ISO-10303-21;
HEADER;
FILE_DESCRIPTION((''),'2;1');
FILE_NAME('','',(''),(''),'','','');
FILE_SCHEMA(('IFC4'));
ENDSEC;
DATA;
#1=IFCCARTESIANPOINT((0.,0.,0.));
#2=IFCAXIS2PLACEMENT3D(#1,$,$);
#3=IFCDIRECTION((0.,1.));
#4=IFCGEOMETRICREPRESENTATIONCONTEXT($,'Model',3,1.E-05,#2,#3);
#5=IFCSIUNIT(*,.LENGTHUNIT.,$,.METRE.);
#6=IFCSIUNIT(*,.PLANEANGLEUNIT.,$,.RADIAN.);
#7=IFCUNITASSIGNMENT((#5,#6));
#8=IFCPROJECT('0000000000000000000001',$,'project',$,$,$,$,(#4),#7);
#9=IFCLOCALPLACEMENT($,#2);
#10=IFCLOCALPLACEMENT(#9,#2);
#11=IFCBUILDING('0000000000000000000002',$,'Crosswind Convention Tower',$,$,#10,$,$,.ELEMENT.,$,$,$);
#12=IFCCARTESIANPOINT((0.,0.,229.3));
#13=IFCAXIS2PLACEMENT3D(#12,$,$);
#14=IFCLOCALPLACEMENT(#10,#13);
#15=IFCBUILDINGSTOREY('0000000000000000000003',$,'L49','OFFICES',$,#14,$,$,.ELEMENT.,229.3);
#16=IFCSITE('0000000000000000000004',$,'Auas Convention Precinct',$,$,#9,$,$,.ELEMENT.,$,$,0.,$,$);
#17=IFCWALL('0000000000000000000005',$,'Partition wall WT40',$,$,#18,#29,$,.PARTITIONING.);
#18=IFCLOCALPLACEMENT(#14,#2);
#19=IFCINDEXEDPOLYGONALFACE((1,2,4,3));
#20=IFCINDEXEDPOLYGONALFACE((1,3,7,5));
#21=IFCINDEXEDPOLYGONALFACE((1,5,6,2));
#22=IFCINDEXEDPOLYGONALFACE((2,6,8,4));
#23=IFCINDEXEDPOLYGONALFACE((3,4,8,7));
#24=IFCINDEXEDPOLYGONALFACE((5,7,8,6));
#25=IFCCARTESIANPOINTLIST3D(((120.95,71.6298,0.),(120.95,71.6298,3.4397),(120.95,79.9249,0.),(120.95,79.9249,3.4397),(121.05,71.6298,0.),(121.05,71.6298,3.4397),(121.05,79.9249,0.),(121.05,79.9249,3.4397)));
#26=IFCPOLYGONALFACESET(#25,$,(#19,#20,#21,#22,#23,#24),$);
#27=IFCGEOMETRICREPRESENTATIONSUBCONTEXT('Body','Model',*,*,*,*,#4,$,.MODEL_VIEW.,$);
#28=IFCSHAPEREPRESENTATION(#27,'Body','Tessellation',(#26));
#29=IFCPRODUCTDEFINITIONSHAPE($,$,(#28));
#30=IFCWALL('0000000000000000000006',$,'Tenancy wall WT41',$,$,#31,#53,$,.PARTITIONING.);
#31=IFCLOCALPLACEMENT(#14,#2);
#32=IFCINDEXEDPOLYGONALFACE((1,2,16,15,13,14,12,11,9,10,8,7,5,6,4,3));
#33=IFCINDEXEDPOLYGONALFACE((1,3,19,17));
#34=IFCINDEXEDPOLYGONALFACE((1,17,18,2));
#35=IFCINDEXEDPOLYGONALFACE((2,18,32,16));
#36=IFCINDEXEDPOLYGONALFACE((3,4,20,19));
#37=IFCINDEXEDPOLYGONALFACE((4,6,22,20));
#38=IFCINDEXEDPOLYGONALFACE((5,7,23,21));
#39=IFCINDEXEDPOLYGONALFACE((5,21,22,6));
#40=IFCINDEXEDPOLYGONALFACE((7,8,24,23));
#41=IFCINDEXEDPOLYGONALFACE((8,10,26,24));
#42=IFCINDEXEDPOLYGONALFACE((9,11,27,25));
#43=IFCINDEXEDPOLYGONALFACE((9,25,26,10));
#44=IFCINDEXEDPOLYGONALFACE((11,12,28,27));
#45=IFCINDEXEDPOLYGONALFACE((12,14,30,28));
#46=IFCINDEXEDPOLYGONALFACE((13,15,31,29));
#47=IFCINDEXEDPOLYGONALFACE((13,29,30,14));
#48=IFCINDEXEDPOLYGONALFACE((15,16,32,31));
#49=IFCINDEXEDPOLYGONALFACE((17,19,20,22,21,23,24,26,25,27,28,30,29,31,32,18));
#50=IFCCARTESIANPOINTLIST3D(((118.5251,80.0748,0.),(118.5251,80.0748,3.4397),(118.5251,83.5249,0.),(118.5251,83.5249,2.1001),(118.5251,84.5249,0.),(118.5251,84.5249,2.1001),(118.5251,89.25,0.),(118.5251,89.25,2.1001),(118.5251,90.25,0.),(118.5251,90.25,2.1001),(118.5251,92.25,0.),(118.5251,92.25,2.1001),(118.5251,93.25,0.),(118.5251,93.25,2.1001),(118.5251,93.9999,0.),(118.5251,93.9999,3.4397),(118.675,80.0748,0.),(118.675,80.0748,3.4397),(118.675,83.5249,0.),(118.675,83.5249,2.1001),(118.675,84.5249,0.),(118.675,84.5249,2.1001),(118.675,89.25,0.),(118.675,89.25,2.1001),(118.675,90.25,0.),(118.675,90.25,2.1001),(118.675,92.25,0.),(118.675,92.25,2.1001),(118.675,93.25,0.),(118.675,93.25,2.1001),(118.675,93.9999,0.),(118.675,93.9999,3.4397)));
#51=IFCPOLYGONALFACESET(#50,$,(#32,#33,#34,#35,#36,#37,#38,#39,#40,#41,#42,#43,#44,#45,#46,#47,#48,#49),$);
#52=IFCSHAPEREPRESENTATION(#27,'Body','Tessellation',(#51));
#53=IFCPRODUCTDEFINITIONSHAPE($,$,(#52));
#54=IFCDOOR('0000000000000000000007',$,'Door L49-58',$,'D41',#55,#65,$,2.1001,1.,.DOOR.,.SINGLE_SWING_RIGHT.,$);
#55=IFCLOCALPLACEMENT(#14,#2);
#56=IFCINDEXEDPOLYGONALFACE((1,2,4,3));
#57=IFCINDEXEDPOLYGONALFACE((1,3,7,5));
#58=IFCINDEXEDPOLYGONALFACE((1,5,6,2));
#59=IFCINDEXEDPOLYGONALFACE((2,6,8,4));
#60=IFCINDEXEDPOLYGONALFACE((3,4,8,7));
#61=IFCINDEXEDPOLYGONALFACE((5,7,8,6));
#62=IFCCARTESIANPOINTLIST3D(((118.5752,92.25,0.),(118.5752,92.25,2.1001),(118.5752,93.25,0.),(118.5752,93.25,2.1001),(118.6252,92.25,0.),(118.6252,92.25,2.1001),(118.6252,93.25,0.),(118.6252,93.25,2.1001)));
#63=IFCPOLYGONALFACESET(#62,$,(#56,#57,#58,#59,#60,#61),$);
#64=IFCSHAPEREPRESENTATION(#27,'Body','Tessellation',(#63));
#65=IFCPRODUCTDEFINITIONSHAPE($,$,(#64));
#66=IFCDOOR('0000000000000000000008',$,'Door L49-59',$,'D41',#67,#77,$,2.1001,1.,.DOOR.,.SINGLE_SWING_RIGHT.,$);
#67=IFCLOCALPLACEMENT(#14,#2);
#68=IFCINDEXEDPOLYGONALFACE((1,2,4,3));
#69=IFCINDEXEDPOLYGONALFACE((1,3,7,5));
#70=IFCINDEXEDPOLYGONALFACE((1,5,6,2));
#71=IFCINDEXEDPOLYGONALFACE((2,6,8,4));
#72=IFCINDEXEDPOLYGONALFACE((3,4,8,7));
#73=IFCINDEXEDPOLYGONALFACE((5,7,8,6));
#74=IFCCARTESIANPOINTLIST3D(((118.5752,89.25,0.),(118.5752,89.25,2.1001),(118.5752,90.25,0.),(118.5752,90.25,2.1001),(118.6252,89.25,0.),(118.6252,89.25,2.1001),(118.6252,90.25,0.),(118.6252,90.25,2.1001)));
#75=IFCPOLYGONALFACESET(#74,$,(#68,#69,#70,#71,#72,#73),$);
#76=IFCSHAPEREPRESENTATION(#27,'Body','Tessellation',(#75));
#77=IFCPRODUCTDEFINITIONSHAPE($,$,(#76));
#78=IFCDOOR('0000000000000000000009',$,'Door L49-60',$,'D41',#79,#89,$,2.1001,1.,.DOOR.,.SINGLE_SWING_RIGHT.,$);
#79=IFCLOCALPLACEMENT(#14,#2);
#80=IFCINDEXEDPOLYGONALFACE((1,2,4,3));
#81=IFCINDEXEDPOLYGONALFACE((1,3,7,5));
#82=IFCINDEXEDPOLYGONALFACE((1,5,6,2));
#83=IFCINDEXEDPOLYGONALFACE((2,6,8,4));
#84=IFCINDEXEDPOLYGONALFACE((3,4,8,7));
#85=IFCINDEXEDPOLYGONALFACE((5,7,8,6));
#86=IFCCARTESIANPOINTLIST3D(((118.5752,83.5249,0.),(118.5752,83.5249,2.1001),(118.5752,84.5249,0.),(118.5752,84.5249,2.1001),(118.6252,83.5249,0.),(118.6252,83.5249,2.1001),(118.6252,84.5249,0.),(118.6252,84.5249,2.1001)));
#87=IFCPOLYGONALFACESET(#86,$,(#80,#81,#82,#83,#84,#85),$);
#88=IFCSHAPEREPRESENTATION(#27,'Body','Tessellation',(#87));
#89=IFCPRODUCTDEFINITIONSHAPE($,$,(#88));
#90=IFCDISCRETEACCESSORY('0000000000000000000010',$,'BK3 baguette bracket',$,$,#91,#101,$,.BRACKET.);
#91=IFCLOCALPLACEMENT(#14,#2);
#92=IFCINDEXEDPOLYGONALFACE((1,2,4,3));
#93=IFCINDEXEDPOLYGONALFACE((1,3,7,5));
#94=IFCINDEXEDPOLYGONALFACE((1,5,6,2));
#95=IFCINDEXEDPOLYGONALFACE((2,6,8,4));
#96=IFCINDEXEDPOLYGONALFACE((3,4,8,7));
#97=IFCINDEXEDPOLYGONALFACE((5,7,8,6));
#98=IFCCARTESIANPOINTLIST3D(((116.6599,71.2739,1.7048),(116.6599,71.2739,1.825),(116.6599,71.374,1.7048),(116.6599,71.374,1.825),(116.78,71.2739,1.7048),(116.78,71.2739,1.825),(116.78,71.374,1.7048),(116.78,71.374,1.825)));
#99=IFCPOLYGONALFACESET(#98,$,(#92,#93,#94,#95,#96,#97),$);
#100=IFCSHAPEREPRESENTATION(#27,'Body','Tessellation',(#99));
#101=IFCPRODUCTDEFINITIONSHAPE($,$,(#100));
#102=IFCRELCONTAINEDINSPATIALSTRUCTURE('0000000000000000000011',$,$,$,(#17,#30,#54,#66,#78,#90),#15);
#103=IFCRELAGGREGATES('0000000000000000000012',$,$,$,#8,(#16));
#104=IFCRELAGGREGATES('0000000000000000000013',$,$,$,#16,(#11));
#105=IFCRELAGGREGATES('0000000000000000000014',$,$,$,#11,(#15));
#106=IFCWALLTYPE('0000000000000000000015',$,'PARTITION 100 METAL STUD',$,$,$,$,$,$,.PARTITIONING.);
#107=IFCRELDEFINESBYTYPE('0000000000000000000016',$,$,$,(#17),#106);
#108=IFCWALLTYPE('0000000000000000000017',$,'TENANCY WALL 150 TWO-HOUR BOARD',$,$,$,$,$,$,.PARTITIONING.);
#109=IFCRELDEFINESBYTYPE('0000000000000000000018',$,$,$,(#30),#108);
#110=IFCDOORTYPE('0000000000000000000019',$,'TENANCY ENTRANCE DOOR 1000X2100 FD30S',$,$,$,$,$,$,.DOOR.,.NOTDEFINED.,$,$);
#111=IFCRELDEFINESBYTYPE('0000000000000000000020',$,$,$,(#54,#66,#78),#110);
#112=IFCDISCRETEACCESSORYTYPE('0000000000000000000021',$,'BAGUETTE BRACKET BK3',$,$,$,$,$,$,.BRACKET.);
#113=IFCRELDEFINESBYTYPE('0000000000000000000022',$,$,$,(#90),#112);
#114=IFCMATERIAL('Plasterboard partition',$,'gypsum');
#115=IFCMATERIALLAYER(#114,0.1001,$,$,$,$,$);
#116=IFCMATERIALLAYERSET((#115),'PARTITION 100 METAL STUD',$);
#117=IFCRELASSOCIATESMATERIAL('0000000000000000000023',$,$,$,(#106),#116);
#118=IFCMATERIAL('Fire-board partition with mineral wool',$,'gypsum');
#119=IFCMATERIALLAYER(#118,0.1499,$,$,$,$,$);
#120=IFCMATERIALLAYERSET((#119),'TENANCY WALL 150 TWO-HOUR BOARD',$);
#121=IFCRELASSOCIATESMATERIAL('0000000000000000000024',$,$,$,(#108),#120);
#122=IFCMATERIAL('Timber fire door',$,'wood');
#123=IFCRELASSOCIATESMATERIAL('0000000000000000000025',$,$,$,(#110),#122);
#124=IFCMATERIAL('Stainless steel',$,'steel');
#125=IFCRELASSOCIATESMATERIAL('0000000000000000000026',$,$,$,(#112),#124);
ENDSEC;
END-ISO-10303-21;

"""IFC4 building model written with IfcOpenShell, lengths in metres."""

from ifc_helpers import new_model, si_unit, direction, frame, frame_2d, origin, origin_2d, place, context, subcontext, project, spatial, rectangle, extrude, material, layer, layer_set, type_object, element, fill, save


model = new_model("IFC4")

# Units and contexts
model_context = context("Model", 3, precision=1e-05, world=origin(), true_north=direction((0.0, 1.0)))
body_context = subcontext(model_context, "Body", "Model", "MODEL_VIEW")
ifc_project = project(units=[si_unit("LENGTHUNIT", "METRE"), si_unit("PLANEANGLEUNIT", "RADIAN")], contexts=[model_context])

# Site, building, storey
site_placement = place(None, origin())
site = spatial("IfcSite", under=ifc_project, at=site_placement, Name="Auas Convention Precinct", CompositionType="ELEMENT", RefElevation=0.0)
building_placement = place(site_placement, origin())
building = spatial("IfcBuilding", under=site, at=building_placement, Name="Crosswind Convention Tower", CompositionType="ELEMENT")
storey_placement = place(building_placement, frame((0.0, 0.0, 229.3)))
storey = spatial("IfcBuildingStorey", under=building, at=storey_placement, Name="L49", Description="OFFICES", CompositionType="ELEMENT", Elevation=229.3)

# Wall
ifc_material_1 = material(Name="Plasterboard partition", Category="gypsum")
ifc_layer_1 = layer(ifc_material_1, 0.1001)
ifc_layer_set_1 = layer_set([ifc_layer_1], Name="PARTITION 100 METAL STUD")
wall_type_1 = type_object("IfcWallType", Name="PARTITION 100 METAL STUD", PredefinedType="PARTITIONING", material=ifc_layer_set_1)
wall_1_placement = place(storey_placement, frame((121.0, 71.6299, 0.0), z_axis=(0.0, 0.0, 1.0), x_axis=(0.0, 1.0, 0.0)))
element("IfcWall", 1, at=wall_1_placement, inside=storey, type_object=wall_type_1, Name="Partition wall WT40", PredefinedType="PARTITIONING", context=body_context, shape_type="SweptSolid", body=[
    extrude(rectangle(XDim=8.2952, YDim=0.1001, at=frame_2d((4.1475, 0.0))), origin(), (0.0, 0.0, 1.0), 3.4397),
])

# Wall, openings, doors
ifc_material_2 = material(Name="Fire-board partition with mineral wool", Category="gypsum")
ifc_layer_2 = layer(ifc_material_2, 0.1499)
ifc_layer_set_2 = layer_set([ifc_layer_2], Name="TENANCY WALL 150 TWO-HOUR BOARD")
wall_type_2 = type_object("IfcWallType", Name="TENANCY WALL 150 TWO-HOUR BOARD", PredefinedType="PARTITIONING", material=ifc_layer_set_2)
wall_2_placement = place(storey_placement, frame((118.6001, 80.075, 0.0), z_axis=(0.0, 0.0, 1.0), x_axis=(0.0, 1.0, 0.0)))
wall_2 = element("IfcWall", 2, at=wall_2_placement, inside=storey, type_object=wall_type_2, Name="Tenancy wall WT41", PredefinedType="PARTITIONING", context=body_context, shape_type="SweptSolid", body=[
    extrude(rectangle(XDim=13.925, YDim=0.1499, at=frame_2d((6.9624, 0.0))), origin(), (0.0, 0.0, 1.0), 3.4397),
])
opening_1_placement = place(wall_2_placement, frame((12.175, 0.0, 0.0)))
opening_1 = element("IfcOpeningElement", 3, at=opening_1_placement, cuts=wall_2, PredefinedType="OPENING", context=body_context, shape_type="SweptSolid", body=[
    extrude(rectangle(XDim=1.0, YDim=2.1001, at=frame_2d((0.5, 1.05))), frame((0.0, 0.085, 0.0), z_axis=(0.0, -1.0, 0.0), x_axis=(1.0, 0.0, 0.0)), (0.0, 0.0, 1.0), 0.1699),
])
opening_2_placement = place(wall_2_placement, frame((9.175, 0.0, 0.0)))
opening_2 = element("IfcOpeningElement", 4, at=opening_2_placement, cuts=wall_2, PredefinedType="OPENING", context=body_context, shape_type="SweptSolid", body=[
    extrude(rectangle(XDim=1.0, YDim=2.1001, at=frame_2d((0.5, 1.05))), frame((0.0, 0.085, 0.0), z_axis=(0.0, -1.0, 0.0), x_axis=(1.0, 0.0, 0.0)), (0.0, 0.0, 1.0), 0.1699),
])
opening_3_placement = place(wall_2_placement, frame((3.45, 0.0, 0.0)))
opening_3 = element("IfcOpeningElement", 5, at=opening_3_placement, cuts=wall_2, PredefinedType="OPENING", context=body_context, shape_type="SweptSolid", body=[
    extrude(rectangle(XDim=1.0, YDim=2.1001, at=frame_2d((0.5, 1.05))), frame((0.0, 0.085, 0.0), z_axis=(0.0, -1.0, 0.0), x_axis=(1.0, 0.0, 0.0)), (0.0, 0.0, 1.0), 0.1699),
])
ifc_material_3 = material(Name="Timber fire door", Category="wood")
door_type = type_object("IfcDoorType", Name="TENANCY ENTRANCE DOOR 1000X2100 FD30S", OperationType="NOTDEFINED", PredefinedType="DOOR", material=ifc_material_3)
door_1_placement = place(opening_1_placement, origin())
door_1 = element("IfcDoor", 6, at=door_1_placement, inside=storey, type_object=door_type, Name="Door L49-58", ObjectType="D41", OperationType="SINGLE_SWING_RIGHT", OverallHeight=2.1001, OverallWidth=1.0, PredefinedType="DOOR", context=body_context, shape_type="SweptSolid", body=[
    extrude(rectangle(XDim=1.0, YDim=2.1001, at=frame_2d((0.5, 1.05))), frame((0.0, 0.0249, 0.0), z_axis=(0.0, -1.0, 0.0), x_axis=(1.0, 0.0, 0.0)), (0.0, 0.0, 1.0), 0.05),
])
fill(opening_1, door_1)
door_2_placement = place(opening_2_placement, origin())
door_2 = element("IfcDoor", 7, at=door_2_placement, inside=storey, type_object=door_type, Name="Door L49-59", ObjectType="D41", OperationType="SINGLE_SWING_RIGHT", OverallHeight=2.1001, OverallWidth=1.0, PredefinedType="DOOR", context=body_context, shape_type="SweptSolid", body=[
    extrude(rectangle(XDim=1.0, YDim=2.1001, at=frame_2d((0.5, 1.05))), frame((0.0, 0.0249, 0.0), z_axis=(0.0, -1.0, 0.0), x_axis=(1.0, 0.0, 0.0)), (0.0, 0.0, 1.0), 0.05),
])
fill(opening_2, door_2)
door_3_placement = place(opening_3_placement, origin())
door_3 = element("IfcDoor", 8, at=door_3_placement, inside=storey, type_object=door_type, Name="Door L49-60", ObjectType="D41", OperationType="SINGLE_SWING_RIGHT", OverallHeight=2.1001, OverallWidth=1.0, PredefinedType="DOOR", context=body_context, shape_type="SweptSolid", body=[
    extrude(rectangle(XDim=1.0, YDim=2.1001, at=frame_2d((0.5, 1.05))), frame((0.0, 0.0249, 0.0), z_axis=(0.0, -1.0, 0.0), x_axis=(1.0, 0.0, 0.0)), (0.0, 0.0, 1.0), 0.05),
])
fill(opening_3, door_3)

# Discrete accessory
ifc_material_4 = material(Name="Stainless steel", Category="steel")
discrete_accessory_type = type_object("IfcDiscreteAccessoryType", Name="BAGUETTE BRACKET BK3", PredefinedType="BRACKET", material=ifc_material_4)
discrete_accessory_placement = place(storey_placement, frame((116.72, 71.324, 1.7048), z_axis=(0.0, 0.0, 1.0), x_axis=(1.0, 0.0, 0.0)))
element("IfcDiscreteAccessory", 9, at=discrete_accessory_placement, inside=storey, type_object=discrete_accessory_type, Name="BK3 baguette bracket", PredefinedType="BRACKET", context=body_context, shape_type="SweptSolid", body=[
    extrude(rectangle(XDim=0.1201, YDim=0.1001, at=origin_2d()), origin(), (0.0, 0.0, 1.0), 0.1201),
])

save(model, "model.ifc")
